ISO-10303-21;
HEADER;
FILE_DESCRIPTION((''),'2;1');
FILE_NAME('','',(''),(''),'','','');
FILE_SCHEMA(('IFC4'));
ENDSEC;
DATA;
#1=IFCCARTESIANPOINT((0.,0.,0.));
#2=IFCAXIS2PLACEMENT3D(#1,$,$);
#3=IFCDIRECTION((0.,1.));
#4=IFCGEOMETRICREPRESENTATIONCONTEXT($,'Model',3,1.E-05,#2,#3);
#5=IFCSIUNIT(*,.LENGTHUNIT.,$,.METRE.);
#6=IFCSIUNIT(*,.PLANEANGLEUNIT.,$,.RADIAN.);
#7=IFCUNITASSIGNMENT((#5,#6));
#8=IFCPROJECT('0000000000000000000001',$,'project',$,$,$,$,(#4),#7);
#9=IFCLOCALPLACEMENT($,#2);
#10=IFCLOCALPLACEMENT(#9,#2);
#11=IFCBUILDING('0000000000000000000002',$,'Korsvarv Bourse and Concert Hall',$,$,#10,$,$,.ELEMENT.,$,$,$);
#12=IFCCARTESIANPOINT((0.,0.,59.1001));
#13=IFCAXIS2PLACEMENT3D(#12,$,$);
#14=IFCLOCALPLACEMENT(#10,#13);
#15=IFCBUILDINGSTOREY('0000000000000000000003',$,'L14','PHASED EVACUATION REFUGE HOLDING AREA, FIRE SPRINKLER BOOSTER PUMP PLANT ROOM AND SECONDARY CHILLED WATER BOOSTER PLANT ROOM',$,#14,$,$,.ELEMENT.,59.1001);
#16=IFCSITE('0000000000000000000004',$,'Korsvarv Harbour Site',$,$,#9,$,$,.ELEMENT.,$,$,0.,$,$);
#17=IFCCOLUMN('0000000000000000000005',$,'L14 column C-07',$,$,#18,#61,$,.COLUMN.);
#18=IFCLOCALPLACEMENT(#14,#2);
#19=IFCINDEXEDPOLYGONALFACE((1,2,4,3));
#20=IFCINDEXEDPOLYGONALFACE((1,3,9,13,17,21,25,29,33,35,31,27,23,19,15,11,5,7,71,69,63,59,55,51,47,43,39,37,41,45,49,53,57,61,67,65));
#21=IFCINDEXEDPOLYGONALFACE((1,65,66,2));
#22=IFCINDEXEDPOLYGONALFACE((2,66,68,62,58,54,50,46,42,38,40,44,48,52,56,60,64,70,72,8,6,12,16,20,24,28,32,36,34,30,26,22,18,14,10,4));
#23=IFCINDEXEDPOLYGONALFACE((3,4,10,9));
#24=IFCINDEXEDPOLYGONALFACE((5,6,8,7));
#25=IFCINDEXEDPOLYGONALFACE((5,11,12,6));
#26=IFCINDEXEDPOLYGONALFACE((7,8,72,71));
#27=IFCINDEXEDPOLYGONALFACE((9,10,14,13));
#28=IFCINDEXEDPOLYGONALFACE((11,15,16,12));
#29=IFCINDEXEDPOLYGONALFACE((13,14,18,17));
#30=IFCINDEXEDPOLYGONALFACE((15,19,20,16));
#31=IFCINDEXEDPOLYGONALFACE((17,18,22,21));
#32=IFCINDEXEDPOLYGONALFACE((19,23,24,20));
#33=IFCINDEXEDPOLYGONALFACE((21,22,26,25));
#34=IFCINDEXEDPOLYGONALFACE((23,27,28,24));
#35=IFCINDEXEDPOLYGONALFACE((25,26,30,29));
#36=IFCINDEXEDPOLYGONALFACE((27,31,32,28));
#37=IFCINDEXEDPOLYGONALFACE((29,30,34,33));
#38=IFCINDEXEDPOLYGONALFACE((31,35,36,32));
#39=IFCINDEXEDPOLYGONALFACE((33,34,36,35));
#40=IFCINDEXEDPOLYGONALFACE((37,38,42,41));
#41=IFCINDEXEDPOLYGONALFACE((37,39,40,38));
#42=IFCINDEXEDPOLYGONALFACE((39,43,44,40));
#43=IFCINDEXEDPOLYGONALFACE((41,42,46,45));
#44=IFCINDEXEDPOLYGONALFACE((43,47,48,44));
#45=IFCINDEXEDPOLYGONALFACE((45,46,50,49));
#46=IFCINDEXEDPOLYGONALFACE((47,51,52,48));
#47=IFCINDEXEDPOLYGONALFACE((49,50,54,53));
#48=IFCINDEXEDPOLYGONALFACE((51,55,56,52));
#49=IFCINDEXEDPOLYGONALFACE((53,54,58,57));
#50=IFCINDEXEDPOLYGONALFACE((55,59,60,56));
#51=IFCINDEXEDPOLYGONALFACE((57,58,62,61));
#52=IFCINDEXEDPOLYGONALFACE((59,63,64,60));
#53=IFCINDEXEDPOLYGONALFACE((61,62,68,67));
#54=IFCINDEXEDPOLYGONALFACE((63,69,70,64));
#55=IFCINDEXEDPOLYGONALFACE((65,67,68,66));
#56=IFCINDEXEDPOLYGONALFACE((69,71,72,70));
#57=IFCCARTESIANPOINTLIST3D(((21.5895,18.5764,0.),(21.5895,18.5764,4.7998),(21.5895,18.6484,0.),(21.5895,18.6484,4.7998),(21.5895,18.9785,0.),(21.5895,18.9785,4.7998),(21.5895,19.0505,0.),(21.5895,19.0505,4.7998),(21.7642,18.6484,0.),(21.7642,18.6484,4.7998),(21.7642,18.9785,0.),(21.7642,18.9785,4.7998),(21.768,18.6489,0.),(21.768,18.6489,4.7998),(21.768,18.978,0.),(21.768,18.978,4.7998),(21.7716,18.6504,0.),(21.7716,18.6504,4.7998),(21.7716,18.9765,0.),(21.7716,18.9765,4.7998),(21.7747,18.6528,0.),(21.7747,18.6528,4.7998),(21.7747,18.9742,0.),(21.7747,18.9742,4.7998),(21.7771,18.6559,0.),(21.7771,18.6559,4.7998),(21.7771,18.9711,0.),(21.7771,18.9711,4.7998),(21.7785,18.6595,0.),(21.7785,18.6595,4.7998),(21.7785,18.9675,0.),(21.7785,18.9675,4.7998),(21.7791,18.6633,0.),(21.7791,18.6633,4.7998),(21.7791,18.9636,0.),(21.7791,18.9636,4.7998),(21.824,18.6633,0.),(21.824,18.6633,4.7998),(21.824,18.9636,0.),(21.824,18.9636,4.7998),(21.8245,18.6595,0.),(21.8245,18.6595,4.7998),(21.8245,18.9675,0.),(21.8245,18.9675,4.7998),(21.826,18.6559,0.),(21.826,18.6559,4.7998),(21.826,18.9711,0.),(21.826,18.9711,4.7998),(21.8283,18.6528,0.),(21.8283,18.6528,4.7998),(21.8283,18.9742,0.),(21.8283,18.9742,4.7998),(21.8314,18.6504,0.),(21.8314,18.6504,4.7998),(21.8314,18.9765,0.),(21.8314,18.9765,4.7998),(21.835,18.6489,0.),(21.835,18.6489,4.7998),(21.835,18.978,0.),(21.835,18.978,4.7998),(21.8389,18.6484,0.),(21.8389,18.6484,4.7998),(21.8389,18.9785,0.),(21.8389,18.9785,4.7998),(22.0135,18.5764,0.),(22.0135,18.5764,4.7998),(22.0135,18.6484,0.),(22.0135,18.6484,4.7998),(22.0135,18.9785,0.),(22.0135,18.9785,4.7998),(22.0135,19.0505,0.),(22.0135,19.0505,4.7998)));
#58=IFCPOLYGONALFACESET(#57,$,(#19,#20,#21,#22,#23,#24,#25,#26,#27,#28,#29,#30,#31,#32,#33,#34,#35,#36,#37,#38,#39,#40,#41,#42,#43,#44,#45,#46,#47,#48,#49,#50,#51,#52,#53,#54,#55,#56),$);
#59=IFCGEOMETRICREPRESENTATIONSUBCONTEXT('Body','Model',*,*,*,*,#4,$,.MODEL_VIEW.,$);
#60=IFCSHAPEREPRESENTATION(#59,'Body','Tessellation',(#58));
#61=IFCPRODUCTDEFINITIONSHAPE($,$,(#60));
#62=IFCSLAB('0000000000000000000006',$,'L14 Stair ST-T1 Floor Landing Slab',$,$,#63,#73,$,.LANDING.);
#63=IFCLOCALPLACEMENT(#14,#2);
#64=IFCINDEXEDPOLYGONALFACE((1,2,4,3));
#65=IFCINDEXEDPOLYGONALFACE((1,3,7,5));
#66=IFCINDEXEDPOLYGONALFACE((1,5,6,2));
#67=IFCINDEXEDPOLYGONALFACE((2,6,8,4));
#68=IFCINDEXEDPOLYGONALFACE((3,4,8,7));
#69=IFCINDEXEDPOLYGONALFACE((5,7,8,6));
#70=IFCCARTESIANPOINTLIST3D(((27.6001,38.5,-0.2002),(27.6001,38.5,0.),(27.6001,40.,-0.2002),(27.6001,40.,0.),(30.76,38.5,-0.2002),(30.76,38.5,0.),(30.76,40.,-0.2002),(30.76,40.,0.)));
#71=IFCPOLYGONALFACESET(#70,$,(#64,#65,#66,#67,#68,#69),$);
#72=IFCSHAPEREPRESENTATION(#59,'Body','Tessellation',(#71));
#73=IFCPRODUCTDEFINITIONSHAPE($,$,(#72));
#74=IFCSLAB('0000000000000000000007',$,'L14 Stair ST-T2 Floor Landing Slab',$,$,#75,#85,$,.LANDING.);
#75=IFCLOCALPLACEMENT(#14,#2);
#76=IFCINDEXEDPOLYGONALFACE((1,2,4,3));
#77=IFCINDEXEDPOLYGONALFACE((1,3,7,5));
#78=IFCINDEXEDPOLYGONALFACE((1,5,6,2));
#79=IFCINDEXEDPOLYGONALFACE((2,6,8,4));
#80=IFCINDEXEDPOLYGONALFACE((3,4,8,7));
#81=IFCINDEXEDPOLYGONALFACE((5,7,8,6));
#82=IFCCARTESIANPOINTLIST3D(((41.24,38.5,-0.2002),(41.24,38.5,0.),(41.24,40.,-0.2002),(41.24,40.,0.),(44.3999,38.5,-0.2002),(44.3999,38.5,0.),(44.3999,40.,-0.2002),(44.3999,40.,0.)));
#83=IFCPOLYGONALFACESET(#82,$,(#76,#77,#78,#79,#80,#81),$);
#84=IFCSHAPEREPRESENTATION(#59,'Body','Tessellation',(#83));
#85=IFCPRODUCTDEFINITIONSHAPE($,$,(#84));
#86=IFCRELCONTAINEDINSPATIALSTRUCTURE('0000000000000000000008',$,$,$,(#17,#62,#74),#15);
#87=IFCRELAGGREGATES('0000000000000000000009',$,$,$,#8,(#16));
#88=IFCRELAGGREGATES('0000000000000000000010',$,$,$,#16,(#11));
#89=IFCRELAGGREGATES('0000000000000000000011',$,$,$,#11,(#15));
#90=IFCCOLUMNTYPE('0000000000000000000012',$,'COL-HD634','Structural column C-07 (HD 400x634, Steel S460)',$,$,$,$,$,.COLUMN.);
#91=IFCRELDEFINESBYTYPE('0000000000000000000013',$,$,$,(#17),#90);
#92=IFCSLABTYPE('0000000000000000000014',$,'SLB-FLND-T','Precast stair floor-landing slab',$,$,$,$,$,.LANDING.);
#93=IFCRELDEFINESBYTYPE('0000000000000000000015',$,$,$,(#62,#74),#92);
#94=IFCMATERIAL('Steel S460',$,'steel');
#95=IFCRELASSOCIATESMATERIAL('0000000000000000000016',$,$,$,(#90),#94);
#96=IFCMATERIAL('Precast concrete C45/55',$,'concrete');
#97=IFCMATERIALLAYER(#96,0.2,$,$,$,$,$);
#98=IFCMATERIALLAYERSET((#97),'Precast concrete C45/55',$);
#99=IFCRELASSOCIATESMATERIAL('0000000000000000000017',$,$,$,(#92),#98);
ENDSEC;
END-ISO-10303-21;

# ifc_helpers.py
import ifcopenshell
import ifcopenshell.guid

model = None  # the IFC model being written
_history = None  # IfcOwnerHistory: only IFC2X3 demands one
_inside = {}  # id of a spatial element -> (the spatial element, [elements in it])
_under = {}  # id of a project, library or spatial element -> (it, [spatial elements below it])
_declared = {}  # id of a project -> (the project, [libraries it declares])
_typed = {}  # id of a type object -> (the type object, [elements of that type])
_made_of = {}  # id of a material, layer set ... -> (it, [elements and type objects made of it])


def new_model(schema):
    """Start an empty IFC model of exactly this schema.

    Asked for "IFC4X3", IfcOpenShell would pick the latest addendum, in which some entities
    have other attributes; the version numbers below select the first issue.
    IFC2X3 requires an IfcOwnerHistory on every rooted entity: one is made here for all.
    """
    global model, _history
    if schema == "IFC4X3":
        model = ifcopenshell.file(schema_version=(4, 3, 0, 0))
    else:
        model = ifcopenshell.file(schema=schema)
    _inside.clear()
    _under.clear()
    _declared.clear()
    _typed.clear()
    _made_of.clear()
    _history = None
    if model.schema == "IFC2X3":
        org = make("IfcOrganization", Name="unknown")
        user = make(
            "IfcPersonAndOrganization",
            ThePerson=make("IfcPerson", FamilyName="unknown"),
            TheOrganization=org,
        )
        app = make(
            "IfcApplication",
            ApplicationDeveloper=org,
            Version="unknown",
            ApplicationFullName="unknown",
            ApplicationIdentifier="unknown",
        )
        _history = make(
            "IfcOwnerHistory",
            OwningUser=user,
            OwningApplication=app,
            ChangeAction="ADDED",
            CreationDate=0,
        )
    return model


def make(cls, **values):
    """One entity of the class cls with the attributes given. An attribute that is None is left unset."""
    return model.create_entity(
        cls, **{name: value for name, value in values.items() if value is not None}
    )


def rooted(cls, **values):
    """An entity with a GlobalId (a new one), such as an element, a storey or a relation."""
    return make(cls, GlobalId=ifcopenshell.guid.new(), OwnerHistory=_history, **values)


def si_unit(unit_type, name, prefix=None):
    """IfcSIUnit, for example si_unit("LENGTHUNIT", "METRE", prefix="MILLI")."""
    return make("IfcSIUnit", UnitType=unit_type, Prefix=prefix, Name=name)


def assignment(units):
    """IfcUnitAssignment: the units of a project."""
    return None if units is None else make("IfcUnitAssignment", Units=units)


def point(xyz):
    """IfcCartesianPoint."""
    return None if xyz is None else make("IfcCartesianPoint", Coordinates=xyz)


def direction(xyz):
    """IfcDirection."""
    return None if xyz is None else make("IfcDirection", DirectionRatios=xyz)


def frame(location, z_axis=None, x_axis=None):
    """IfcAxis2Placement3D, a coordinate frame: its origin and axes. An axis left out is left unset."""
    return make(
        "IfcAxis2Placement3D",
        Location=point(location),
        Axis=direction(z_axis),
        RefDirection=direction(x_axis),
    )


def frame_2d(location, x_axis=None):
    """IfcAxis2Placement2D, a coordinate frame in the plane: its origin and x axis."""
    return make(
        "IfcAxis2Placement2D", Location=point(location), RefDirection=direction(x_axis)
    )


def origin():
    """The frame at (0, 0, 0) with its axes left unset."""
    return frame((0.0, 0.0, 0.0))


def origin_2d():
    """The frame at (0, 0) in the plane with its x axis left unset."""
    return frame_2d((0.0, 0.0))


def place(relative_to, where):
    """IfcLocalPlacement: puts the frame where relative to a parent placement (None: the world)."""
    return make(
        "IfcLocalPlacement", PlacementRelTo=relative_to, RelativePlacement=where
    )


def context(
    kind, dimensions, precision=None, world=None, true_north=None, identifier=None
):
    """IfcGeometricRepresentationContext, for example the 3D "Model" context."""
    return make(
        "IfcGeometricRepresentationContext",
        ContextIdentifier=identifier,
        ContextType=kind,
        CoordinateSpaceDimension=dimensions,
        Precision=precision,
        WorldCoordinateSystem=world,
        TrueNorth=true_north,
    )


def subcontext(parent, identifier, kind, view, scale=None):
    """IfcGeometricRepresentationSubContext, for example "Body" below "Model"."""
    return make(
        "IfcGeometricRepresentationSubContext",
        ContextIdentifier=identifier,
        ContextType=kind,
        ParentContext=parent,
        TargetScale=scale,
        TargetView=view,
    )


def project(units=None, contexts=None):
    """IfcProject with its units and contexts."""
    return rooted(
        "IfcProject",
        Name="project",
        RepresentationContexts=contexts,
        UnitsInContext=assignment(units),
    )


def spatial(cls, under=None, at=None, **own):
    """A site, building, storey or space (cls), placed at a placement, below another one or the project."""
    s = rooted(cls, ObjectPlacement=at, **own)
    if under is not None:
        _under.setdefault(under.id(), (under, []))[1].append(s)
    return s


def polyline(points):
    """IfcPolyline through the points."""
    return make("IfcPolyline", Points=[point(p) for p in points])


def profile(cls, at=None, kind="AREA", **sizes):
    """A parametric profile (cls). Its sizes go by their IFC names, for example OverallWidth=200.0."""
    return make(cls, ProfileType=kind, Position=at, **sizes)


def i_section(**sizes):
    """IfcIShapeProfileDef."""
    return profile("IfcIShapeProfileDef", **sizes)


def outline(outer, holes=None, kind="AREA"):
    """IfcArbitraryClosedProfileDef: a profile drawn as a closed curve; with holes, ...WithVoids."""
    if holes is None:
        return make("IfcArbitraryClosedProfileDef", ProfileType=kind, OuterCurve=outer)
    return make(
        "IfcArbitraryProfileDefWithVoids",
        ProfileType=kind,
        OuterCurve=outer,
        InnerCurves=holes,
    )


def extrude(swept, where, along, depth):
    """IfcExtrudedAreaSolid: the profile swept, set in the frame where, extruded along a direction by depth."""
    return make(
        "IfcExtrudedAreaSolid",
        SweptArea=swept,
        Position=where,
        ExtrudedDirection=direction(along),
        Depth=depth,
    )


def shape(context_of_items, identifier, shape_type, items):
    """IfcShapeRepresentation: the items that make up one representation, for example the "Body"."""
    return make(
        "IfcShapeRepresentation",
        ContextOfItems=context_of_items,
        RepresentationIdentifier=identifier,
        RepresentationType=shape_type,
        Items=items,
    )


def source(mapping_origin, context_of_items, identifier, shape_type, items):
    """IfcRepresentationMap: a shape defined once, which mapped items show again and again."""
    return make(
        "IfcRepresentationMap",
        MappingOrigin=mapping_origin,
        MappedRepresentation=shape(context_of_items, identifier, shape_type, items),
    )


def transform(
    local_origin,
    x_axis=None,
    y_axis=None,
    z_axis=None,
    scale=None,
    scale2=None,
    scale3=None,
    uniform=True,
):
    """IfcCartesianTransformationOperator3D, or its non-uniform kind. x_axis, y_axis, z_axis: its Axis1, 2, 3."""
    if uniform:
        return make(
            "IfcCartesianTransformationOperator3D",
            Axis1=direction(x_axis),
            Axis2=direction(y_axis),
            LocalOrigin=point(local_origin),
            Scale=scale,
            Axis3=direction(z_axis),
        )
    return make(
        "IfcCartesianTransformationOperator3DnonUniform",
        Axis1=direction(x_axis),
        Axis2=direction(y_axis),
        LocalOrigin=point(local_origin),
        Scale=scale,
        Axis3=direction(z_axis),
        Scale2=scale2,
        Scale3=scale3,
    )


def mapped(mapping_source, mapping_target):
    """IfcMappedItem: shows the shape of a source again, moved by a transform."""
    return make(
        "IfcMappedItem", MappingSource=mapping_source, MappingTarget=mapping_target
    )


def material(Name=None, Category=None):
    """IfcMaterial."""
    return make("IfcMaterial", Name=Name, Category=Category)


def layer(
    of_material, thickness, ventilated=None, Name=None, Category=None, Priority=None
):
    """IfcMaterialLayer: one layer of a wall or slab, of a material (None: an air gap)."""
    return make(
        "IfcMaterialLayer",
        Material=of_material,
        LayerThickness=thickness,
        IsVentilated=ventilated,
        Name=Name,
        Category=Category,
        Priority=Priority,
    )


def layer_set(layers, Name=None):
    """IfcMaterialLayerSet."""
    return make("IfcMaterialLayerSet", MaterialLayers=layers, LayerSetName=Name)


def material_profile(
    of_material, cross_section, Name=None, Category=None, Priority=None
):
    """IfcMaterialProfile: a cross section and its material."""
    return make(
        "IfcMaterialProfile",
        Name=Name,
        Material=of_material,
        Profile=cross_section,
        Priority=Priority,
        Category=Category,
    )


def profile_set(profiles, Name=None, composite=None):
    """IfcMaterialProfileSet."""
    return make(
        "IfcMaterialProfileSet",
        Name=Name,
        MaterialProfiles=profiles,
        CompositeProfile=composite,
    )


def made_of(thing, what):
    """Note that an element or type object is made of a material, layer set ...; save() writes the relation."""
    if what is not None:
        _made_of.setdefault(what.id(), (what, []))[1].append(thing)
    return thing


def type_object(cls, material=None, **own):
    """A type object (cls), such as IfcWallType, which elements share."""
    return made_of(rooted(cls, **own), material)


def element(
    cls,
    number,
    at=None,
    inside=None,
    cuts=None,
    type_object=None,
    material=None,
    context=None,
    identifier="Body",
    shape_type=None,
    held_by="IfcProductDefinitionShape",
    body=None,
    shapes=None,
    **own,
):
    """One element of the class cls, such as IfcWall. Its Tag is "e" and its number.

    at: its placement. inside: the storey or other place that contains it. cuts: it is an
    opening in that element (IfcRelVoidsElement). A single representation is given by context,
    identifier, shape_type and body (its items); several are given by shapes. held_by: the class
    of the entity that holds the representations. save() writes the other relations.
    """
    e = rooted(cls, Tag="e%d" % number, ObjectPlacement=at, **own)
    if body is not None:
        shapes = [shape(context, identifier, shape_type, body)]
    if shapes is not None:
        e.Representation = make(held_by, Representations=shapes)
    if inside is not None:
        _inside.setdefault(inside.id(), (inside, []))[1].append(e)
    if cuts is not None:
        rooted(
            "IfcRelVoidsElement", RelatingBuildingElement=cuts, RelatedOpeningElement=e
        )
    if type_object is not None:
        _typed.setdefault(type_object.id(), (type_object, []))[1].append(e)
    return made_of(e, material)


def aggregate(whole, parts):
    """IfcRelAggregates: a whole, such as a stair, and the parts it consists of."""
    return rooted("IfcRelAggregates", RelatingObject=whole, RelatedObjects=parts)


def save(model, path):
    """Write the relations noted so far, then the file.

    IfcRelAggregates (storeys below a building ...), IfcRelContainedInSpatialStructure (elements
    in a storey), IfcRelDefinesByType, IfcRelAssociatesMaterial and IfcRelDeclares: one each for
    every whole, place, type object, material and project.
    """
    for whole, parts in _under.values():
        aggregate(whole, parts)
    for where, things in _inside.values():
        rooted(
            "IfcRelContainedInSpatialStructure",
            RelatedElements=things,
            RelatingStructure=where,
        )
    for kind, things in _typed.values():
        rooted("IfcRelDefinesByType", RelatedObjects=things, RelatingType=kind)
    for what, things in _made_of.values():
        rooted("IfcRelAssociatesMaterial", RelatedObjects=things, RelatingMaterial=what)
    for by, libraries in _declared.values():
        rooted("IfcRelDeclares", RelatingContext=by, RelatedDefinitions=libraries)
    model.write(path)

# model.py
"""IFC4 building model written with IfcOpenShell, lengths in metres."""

from ifc_helpers import new_model, si_unit, direction, frame, origin, origin_2d, place, context, subcontext, project, spatial, polyline, i_section, outline, extrude, source, transform, mapped, material, layer, layer_set, material_profile, profile_set, type_object, element, save


model = new_model("IFC4")

# Units and contexts
model_context = context("Model", 3, precision=1e-05, world=origin(), true_north=direction((0.0, 1.0)))
body_context = subcontext(model_context, "Body", "Model", "MODEL_VIEW")
ifc_project = project(units=[si_unit("LENGTHUNIT", "METRE"), si_unit("PLANEANGLEUNIT", "RADIAN")], contexts=[model_context])

# Site, building, storey
site_placement = place(None, origin())
site = spatial("IfcSite", under=ifc_project, at=site_placement, Name="Korsvarv Harbour Site", CompositionType="ELEMENT", RefElevation=0.0)
building_placement = place(site_placement, origin())
building = spatial("IfcBuilding", under=site, at=building_placement, Name="Korsvarv Bourse and Concert Hall", CompositionType="ELEMENT")
storey_placement = place(building_placement, frame((0.0, 0.0, 59.1001)))
storey = spatial("IfcBuildingStorey", under=building, at=storey_placement, Name="L14", Description="PHASED EVACUATION REFUGE HOLDING AREA, FIRE SPRINKLER BOOSTER PUMP PLANT ROOM AND SECONDARY CHILLED WATER BOOSTER PLANT ROOM", CompositionType="ELEMENT", Elevation=59.1001)

# Column
ifc_material_1 = material(Name="Steel S460", Category="steel")
ifc_material_profile = material_profile(ifc_material_1, i_section(OverallWidth=0.4241, OverallDepth=0.4741, WebThickness=0.0449, FlangeThickness=0.072, FilletRadius=0.0149, at=origin_2d()), Name="HD 400x634")
ifc_profile_set = profile_set([ifc_material_profile], Name="Steel S460")
column_type = type_object("IfcColumnType", Name="COL-HD634", Description="Structural column C-07 (HD 400x634, Steel S460)", PredefinedType="COLUMN", material=ifc_profile_set)
shared_shape = source(origin(), body_context, "Body", "SweptSolid", [
    extrude(i_section(OverallWidth=0.4241, OverallDepth=0.4741, WebThickness=0.0449, FlangeThickness=0.072, FilletRadius=0.0149, at=origin_2d()), origin(), (0.0, 0.0, 1.0), 4.7998),
])
column_placement = place(storey_placement, frame((21.8015, 18.8135, 0.0), z_axis=(0.0, 0.0, 1.0), x_axis=(1.0, 0.0, 0.0)))
element("IfcColumn", 1, at=column_placement, inside=storey, type_object=column_type, Name="L14 column C-07", PredefinedType="COLUMN", context=body_context, shape_type="MappedRepresentation", body=[
    mapped(shared_shape, transform((0.0, 0.0, 0.0), scale=1.0)),
])

# Slabs
ifc_material_2 = material(Name="Precast concrete C45/55", Category="concrete")
ifc_layer_1 = layer(ifc_material_2, 0.2)
ifc_layer_set_1 = layer_set([ifc_layer_1], Name="Precast concrete C45/55")
slab_type_1 = type_object("IfcSlabType", Name="SLB-FLND-T", Description="Precast stair floor-landing slab", PredefinedType="LANDING", material=ifc_layer_set_1)
slab_1_placement = place(storey_placement, frame((0.0, 0.0, -0.2002)))
element("IfcSlab", 2, at=slab_1_placement, inside=storey, type_object=slab_type_1, Name="L14 Stair ST-T1 Floor Landing Slab", PredefinedType="LANDING", context=body_context, shape_type="SweptSolid", body=[
    extrude(outline(polyline([(30.76, 38.5), (30.76, 40.0), (27.6001, 40.0), (27.6001, 38.5), (30.76, 38.5)])), origin(), (0.0, 0.0, 1.0), 0.2002),
])
slab_2_placement = place(storey_placement, frame((0.0, 0.0, -0.2002)))
element("IfcSlab", 3, at=slab_2_placement, inside=storey, type_object=slab_type_1, Name="L14 Stair ST-T2 Floor Landing Slab", PredefinedType="LANDING", context=body_context, shape_type="SweptSolid", body=[
    extrude(outline(polyline([(44.3999, 38.5), (44.3999, 40.0), (41.24, 40.0), (41.24, 38.5), (44.3999, 38.5)])), origin(), (0.0, 0.0, 1.0), 0.2002),
])

save(model, "model.ifc")
